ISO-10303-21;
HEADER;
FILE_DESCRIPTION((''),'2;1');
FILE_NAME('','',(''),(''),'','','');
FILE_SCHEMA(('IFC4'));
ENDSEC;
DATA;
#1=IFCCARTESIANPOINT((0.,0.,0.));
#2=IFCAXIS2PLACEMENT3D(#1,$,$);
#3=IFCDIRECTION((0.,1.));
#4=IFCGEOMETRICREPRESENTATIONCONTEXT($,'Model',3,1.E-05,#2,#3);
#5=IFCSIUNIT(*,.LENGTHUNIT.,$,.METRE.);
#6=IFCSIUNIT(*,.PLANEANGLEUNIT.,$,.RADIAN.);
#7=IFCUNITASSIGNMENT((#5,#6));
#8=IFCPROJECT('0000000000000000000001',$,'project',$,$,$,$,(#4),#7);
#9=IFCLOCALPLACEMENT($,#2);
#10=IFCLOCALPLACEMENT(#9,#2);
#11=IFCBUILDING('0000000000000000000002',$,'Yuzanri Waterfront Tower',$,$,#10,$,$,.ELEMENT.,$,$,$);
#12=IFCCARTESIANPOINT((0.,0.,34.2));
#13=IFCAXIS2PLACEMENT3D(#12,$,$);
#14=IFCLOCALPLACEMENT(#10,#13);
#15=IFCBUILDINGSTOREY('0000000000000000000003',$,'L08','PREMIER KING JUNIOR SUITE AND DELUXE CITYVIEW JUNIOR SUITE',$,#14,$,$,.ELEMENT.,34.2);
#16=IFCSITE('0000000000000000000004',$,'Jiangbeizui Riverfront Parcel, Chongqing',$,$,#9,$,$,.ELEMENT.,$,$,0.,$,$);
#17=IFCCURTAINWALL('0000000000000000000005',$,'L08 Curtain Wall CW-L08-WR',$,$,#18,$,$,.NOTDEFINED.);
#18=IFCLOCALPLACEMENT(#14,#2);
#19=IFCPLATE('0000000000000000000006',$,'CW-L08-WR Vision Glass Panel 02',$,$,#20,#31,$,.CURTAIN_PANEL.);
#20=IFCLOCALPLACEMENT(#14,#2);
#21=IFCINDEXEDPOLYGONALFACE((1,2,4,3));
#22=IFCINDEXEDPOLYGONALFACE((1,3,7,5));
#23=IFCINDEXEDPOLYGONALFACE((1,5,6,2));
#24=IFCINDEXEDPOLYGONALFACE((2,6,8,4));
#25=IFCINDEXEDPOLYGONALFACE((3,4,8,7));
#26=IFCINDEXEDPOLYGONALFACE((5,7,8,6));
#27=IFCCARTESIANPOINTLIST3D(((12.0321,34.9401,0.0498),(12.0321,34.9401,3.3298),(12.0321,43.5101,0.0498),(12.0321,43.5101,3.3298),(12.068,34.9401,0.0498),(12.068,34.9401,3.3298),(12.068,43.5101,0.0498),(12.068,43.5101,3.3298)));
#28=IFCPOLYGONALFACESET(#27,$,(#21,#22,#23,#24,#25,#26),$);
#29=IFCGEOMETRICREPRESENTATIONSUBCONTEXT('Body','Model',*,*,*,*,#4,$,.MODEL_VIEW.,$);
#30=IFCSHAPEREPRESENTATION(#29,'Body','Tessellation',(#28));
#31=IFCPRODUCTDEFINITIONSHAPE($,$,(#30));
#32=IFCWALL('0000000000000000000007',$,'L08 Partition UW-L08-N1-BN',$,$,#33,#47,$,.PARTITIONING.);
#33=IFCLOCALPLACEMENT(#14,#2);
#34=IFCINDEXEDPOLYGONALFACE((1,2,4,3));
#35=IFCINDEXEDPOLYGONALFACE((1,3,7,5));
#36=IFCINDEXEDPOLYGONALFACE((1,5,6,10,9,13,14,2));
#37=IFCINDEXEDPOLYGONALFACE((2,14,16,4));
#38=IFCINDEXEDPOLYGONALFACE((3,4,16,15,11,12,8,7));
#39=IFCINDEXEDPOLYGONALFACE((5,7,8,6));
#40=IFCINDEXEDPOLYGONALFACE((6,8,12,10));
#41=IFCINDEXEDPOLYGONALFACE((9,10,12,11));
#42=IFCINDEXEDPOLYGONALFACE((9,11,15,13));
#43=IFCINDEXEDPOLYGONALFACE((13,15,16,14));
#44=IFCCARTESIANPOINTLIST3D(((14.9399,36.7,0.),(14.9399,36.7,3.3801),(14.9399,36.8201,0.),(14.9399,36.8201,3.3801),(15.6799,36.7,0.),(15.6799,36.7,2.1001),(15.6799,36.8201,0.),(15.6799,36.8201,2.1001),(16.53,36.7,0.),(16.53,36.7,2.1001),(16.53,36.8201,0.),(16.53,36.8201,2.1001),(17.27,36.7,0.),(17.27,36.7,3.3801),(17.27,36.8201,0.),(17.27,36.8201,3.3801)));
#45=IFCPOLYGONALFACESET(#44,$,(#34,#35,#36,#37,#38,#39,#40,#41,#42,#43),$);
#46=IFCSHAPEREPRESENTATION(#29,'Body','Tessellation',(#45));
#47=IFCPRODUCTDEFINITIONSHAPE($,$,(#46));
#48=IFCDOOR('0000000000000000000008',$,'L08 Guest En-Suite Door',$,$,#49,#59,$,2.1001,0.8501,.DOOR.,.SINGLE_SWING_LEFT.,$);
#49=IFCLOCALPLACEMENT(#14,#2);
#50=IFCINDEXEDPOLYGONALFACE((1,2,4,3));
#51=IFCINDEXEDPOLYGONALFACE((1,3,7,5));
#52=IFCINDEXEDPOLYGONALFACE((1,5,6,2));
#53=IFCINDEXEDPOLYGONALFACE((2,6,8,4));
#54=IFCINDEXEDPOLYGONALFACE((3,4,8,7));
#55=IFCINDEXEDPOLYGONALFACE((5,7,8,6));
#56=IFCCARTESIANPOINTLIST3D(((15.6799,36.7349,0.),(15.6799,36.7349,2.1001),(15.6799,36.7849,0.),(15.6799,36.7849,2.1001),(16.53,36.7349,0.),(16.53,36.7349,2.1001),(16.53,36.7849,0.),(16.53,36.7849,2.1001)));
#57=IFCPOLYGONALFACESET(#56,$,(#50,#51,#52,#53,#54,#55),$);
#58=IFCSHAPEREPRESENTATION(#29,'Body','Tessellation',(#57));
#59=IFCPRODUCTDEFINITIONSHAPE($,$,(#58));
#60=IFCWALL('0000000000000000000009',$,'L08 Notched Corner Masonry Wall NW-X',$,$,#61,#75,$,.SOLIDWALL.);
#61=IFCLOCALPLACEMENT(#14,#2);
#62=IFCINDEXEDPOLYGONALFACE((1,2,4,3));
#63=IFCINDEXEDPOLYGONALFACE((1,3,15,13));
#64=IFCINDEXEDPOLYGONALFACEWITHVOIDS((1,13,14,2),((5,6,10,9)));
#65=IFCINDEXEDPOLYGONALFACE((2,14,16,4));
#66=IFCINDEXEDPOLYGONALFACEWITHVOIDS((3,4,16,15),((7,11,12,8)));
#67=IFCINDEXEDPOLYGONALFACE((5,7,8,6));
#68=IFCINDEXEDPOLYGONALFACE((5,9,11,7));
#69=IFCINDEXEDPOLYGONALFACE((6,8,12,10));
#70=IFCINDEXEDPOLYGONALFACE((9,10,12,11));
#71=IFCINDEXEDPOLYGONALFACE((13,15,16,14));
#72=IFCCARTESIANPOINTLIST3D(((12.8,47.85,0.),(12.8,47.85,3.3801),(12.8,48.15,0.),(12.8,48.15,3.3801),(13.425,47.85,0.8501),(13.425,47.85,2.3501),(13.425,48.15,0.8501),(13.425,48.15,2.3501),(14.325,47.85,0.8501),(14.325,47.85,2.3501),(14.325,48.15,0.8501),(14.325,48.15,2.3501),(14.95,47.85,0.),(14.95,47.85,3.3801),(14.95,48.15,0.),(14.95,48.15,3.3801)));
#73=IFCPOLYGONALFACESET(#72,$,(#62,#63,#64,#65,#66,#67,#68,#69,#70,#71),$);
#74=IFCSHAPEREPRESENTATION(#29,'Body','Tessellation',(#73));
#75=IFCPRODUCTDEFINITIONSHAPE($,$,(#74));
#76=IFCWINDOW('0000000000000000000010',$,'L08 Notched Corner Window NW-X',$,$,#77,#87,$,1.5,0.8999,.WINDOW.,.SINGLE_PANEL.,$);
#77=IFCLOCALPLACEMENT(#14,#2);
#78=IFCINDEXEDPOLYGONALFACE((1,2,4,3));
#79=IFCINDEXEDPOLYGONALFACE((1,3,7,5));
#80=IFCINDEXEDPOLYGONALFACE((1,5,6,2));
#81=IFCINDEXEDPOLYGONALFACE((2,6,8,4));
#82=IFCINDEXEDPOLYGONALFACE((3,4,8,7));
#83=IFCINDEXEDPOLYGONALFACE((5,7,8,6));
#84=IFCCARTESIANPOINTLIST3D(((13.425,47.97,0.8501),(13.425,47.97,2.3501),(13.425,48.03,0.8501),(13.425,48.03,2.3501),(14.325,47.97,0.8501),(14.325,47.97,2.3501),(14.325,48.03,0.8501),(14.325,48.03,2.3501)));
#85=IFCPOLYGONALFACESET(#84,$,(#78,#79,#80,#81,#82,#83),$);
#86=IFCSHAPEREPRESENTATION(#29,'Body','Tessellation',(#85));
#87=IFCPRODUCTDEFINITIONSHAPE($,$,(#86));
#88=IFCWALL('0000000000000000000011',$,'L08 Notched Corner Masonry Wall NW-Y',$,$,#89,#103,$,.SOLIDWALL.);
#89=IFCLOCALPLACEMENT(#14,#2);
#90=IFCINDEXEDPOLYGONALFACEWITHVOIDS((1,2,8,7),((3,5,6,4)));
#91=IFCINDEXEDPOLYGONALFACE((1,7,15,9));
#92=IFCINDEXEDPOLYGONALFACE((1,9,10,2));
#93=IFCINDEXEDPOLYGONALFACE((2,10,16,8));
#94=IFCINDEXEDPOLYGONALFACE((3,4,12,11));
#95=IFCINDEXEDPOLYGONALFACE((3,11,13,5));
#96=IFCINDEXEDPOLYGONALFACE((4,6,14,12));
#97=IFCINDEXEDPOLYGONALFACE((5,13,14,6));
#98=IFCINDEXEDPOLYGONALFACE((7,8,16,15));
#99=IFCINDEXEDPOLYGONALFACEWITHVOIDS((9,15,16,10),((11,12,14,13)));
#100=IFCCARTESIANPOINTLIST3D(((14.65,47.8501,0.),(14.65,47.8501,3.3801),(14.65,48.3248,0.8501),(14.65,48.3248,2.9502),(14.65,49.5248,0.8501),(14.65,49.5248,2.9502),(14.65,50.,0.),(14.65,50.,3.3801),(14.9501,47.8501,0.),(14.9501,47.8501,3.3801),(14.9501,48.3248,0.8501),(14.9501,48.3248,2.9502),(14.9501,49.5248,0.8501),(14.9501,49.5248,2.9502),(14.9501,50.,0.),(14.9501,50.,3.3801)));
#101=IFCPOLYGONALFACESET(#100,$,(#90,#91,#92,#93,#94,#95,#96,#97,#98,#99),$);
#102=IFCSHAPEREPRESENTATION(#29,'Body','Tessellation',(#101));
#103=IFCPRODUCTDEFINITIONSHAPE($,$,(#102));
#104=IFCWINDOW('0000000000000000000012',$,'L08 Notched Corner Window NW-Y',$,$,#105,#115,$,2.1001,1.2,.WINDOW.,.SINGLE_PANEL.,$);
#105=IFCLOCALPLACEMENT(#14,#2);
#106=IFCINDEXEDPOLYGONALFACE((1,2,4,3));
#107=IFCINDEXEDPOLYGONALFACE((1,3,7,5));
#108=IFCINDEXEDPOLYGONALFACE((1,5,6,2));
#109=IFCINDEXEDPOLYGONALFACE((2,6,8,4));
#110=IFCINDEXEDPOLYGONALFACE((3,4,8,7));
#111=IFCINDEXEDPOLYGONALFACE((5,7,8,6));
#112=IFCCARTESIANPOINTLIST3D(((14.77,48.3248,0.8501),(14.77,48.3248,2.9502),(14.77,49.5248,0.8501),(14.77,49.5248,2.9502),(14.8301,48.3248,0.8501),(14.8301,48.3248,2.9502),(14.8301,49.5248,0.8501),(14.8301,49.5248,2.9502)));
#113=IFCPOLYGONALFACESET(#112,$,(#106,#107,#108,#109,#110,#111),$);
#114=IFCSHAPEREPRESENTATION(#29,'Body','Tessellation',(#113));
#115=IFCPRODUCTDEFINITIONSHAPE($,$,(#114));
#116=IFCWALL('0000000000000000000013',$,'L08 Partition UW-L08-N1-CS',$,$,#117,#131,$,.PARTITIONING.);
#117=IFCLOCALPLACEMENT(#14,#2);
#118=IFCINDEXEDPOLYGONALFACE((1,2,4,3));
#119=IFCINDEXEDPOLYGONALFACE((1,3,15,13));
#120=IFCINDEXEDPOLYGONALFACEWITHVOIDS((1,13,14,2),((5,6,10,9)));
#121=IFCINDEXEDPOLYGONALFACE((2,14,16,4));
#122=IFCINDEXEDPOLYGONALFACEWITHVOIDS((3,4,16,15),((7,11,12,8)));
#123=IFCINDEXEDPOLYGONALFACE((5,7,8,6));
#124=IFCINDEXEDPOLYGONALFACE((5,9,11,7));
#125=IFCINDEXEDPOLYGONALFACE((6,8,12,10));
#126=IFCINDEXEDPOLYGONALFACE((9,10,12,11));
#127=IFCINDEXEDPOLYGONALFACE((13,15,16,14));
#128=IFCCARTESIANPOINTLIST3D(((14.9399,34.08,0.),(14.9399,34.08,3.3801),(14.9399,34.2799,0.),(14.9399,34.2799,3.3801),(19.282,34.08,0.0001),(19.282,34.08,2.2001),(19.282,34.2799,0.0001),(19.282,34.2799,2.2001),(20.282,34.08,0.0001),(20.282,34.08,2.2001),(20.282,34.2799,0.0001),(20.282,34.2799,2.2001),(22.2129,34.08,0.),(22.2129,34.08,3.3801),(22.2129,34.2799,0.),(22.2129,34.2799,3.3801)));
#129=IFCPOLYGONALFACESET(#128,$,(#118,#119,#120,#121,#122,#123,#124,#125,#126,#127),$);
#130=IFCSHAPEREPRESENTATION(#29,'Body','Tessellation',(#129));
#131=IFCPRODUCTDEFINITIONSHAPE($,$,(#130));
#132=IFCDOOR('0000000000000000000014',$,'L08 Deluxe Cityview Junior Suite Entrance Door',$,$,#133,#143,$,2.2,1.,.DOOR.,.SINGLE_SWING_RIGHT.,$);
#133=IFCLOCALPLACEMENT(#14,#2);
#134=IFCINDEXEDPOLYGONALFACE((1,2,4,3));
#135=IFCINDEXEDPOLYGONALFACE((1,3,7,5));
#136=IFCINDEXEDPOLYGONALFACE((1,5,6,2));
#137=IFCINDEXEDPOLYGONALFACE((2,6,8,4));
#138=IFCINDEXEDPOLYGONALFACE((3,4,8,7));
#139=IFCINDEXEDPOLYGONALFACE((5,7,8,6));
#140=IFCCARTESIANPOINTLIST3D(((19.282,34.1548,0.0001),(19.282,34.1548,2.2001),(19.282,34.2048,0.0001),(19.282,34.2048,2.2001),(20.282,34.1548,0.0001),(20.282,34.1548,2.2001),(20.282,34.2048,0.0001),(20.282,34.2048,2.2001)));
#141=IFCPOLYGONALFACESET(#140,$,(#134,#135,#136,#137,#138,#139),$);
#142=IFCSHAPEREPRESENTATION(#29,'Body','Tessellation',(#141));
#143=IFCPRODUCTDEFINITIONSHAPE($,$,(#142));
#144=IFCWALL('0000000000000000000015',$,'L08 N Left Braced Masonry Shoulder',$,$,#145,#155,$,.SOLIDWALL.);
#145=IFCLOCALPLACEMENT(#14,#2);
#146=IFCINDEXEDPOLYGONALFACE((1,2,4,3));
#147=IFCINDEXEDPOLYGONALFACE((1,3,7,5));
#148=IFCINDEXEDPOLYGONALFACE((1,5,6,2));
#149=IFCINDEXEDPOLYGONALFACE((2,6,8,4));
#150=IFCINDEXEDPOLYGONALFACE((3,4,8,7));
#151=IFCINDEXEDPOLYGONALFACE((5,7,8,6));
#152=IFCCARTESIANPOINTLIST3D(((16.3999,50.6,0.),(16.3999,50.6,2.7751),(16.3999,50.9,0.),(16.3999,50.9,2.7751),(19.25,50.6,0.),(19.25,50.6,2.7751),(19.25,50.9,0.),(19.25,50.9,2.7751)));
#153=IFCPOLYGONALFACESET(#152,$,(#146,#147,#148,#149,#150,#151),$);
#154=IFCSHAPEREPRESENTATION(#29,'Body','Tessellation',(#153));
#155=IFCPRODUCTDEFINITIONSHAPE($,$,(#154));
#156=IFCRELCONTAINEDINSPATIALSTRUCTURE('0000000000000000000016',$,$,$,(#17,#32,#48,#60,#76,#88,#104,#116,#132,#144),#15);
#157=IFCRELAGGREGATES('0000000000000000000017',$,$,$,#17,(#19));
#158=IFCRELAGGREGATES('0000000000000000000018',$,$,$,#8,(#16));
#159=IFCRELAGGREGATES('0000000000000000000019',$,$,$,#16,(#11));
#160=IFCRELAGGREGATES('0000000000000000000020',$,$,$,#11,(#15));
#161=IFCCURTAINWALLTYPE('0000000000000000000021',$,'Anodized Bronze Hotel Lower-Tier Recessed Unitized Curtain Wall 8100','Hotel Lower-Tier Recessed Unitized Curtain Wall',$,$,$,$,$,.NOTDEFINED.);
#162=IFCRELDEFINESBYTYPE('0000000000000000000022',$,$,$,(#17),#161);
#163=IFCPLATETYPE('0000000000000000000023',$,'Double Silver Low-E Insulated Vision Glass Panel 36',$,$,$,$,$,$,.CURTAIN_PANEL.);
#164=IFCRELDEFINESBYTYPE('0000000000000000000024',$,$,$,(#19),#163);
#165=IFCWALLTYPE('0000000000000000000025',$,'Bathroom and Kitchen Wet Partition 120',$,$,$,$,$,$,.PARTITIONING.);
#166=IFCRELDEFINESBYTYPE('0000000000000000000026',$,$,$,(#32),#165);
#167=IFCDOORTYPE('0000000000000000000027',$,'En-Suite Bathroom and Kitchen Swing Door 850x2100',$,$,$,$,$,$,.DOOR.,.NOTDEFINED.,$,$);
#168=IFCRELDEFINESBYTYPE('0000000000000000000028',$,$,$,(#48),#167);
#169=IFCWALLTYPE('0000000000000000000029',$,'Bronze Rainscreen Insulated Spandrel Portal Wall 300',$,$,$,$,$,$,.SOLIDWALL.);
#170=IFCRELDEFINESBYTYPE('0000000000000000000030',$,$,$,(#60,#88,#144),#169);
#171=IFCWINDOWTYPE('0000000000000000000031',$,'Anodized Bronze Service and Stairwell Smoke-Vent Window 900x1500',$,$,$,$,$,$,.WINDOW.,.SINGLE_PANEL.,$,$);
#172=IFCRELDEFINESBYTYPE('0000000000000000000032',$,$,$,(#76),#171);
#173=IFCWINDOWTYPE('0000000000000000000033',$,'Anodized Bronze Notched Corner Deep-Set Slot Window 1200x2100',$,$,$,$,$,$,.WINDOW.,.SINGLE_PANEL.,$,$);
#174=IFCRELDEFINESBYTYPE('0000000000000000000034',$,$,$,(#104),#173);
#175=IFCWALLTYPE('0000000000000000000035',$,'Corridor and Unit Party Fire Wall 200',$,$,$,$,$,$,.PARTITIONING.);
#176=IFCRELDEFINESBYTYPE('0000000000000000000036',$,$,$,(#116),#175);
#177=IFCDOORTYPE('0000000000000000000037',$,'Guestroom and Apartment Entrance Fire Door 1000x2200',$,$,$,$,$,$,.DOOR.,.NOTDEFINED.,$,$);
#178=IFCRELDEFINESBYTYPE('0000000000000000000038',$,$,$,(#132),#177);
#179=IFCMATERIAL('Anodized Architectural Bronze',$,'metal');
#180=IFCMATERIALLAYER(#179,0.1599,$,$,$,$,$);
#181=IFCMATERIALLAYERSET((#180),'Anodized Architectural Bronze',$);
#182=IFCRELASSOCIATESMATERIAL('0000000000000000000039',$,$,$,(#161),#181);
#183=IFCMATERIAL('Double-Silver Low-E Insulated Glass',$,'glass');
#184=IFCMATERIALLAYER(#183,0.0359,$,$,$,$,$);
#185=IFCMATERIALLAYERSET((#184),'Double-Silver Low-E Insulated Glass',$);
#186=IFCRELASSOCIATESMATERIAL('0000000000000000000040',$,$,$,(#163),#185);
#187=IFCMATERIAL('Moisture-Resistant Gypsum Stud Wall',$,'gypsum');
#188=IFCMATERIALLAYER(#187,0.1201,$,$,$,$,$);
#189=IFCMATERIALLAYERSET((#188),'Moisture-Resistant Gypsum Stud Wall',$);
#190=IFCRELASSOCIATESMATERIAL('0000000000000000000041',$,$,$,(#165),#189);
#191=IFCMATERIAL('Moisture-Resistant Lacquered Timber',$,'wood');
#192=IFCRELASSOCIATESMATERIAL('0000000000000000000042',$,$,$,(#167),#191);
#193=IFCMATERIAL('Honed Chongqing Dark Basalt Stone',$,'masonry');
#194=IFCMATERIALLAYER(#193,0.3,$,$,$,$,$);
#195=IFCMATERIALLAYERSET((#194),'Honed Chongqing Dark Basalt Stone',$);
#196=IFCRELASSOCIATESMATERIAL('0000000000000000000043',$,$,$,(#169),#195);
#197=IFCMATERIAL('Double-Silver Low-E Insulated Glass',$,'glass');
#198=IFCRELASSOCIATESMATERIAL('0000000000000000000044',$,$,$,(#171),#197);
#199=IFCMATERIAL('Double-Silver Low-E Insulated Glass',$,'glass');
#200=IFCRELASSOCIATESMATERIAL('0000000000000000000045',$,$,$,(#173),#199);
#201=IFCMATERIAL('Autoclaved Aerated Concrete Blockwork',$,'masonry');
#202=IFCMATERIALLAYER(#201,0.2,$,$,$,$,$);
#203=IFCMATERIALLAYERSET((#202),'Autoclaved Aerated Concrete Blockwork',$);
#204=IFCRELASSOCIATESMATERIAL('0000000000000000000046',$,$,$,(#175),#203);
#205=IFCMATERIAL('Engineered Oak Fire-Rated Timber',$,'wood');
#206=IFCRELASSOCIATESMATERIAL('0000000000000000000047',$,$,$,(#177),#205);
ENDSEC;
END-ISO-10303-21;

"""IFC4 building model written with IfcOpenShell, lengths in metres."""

from ifc_helpers import new_model, si_unit, direction, frame, frame_2d, origin, origin_2d, place, context, subcontext, project, spatial, rectangle, extrude, source, transform, mapped, material, layer, layer_set, type_object, element, fill, aggregate, save


model = new_model("IFC4")

# Units and contexts
model_context = context("Model", 3, precision=1e-05, world=origin(), true_north=direction((0.0, 1.0)))
body_context = subcontext(model_context, "Body", "Model", "MODEL_VIEW")
ifc_project = project(units=[si_unit("LENGTHUNIT", "METRE"), si_unit("PLANEANGLEUNIT", "RADIAN")], contexts=[model_context])

# Site, building, storey
site_placement = place(None, origin())
site = spatial("IfcSite", under=ifc_project, at=site_placement, Name="Jiangbeizui Riverfront Parcel, Chongqing", CompositionType="ELEMENT", RefElevation=0.0)
building_placement = place(site_placement, origin())
building = spatial("IfcBuilding", under=site, at=building_placement, Name="Yuzanri Waterfront Tower", CompositionType="ELEMENT")
storey_placement = place(building_placement, frame((0.0, 0.0, 34.2)))
storey = spatial("IfcBuildingStorey", under=building, at=storey_placement, Name="L08", Description="PREMIER KING JUNIOR SUITE AND DELUXE CITYVIEW JUNIOR SUITE", CompositionType="ELEMENT", Elevation=34.2)

# Curtain wall
ifc_material_1 = material(Name="Anodized Architectural Bronze", Category="metal")
ifc_layer_1 = layer(ifc_material_1, 0.1599)
ifc_layer_set_1 = layer_set([ifc_layer_1], Name="Anodized Architectural Bronze")
curtain_wall_type = type_object("IfcCurtainWallType", Name="Anodized Bronze Hotel Lower-Tier Recessed Unitized Curtain Wall 8100", Description="Hotel Lower-Tier Recessed Unitized Curtain Wall", PredefinedType="NOTDEFINED", material=ifc_layer_set_1)
curtain_wall_placement = place(storey_placement, origin())
curtain_wall = element("IfcCurtainWall", 1, at=curtain_wall_placement, inside=storey, type_object=curtain_wall_type, Name="L08 Curtain Wall CW-L08-WR", PredefinedType="NOTDEFINED")

# Plate
ifc_material_2 = material(Name="Double-Silver Low-E Insulated Glass", Category="glass")
ifc_layer_2 = layer(ifc_material_2, 0.0359)
ifc_layer_set_2 = layer_set([ifc_layer_2], Name="Double-Silver Low-E Insulated Glass")
plate_type_1 = type_object("IfcPlateType", Name="Double Silver Low-E Insulated Vision Glass Panel 36", PredefinedType="CURTAIN_PANEL", material=ifc_layer_set_2)
shared_shape_1 = source(origin(), body_context, "Body", "SweptSolid", [
    extrude(rectangle(XDim=8.5701, YDim=0.0359, at=origin_2d()), origin(), (0.0, 0.0, 1.0), 3.28),
])
plate_placement = place(storey_placement, frame((12.05, 39.2251, 0.0498), z_axis=(0.0, 0.0, 1.0), x_axis=(0.0, 1.0, 0.0)))
plate = element("IfcPlate", 2, at=plate_placement, type_object=plate_type_1, Name="CW-L08-WR Vision Glass Panel 02", PredefinedType="CURTAIN_PANEL", context=body_context, shape_type="MappedRepresentation", body=[
    mapped(shared_shape_1, transform((0.0, 0.0, 0.0), scale=1.0)),
])
aggregate(curtain_wall, [plate])

# Wall, opening, door
ifc_material_3 = material(Name="Moisture-Resistant Gypsum Stud Wall", Category="gypsum")
ifc_layer_3 = layer(ifc_material_3, 0.1201)
ifc_layer_set_3 = layer_set([ifc_layer_3], Name="Moisture-Resistant Gypsum Stud Wall")
wall_type_1 = type_object("IfcWallType", Name="Bathroom and Kitchen Wet Partition 120", PredefinedType="PARTITIONING", material=ifc_layer_set_3)
wall_1_placement = place(storey_placement, frame((14.9399, 36.76, 0.0), z_axis=(0.0, 0.0, 1.0), x_axis=(1.0, 0.0, 0.0)))
wall_1 = element("IfcWall", 3, at=wall_1_placement, inside=storey, type_object=wall_type_1, Name="L08 Partition UW-L08-N1-BN", PredefinedType="PARTITIONING", context=body_context, shape_type="SweptSolid", body=[
    extrude(rectangle(XDim=2.3301, YDim=0.1201, at=frame_2d((1.165, 0.0))), origin(), (0.0, 0.0, 1.0), 3.3801),
])
opening_1_placement = place(wall_1_placement, frame((0.74, 0.0, 0.0)))
opening_1 = element("IfcOpeningElement", 4, at=opening_1_placement, cuts=wall_1, PredefinedType="OPENING", context=body_context, shape_type="SweptSolid", body=[
    extrude(rectangle(XDim=0.8501, YDim=2.1001, at=frame_2d((0.425, 1.05))), frame((0.0, 0.075, 0.0), z_axis=(0.0, -1.0, 0.0), x_axis=(1.0, 0.0, 0.0)), (0.0, 0.0, 1.0), 0.1499),
])
ifc_material_4 = material(Name="Moisture-Resistant Lacquered Timber", Category="wood")
door_type_1 = type_object("IfcDoorType", Name="En-Suite Bathroom and Kitchen Swing Door 850x2100", OperationType="NOTDEFINED", PredefinedType="DOOR", material=ifc_material_4)
shared_shape_2 = source(origin(), body_context, "Body", "SweptSolid", [
    extrude(rectangle(XDim=0.8501, YDim=2.1001, at=frame_2d((0.425, 1.05))), frame((0.0, 0.0249, 0.0), z_axis=(0.0, -1.0, 0.0), x_axis=(1.0, 0.0, 0.0)), (0.0, 0.0, 1.0), 0.05),
])
door_1_placement = place(opening_1_placement, origin())
door_1 = element("IfcDoor", 5, at=door_1_placement, inside=storey, type_object=door_type_1, Name="L08 Guest En-Suite Door", OperationType="SINGLE_SWING_LEFT", OverallHeight=2.1001, OverallWidth=0.8501, PredefinedType="DOOR", context=body_context, shape_type="MappedRepresentation", body=[
    mapped(shared_shape_2, transform((0.0, 0.0, 0.0), scale=1.0)),
])
fill(opening_1, door_1)

# Walls, openings, windows
ifc_material_5 = material(Name="Honed Chongqing Dark Basalt Stone", Category="masonry")
ifc_layer_4 = layer(ifc_material_5, 0.3)
ifc_layer_set_4 = layer_set([ifc_layer_4], Name="Honed Chongqing Dark Basalt Stone")
wall_type_2 = type_object("IfcWallType", Name="Bronze Rainscreen Insulated Spandrel Portal Wall 300", PredefinedType="SOLIDWALL", material=ifc_layer_set_4)
wall_2_placement = place(storey_placement, frame((14.95, 48.0, 0.0), z_axis=(0.0, 0.0, 1.0), x_axis=(-1.0, 0.0, 0.0)))
wall_2 = element("IfcWall", 6, at=wall_2_placement, inside=storey, type_object=wall_type_2, Name="L08 Notched Corner Masonry Wall NW-X", PredefinedType="SOLIDWALL", context=body_context, shape_type="SweptSolid", body=[
    extrude(rectangle(XDim=2.1499, YDim=0.3, at=frame_2d((1.075, 0.0))), origin(), (0.0, 0.0, 1.0), 3.3801),
])
opening_2_placement = place(wall_2_placement, frame((0.625, 0.0, 0.8501)))
opening_2 = element("IfcOpeningElement", 7, at=opening_2_placement, cuts=wall_2, PredefinedType="OPENING", context=body_context, shape_type="SweptSolid", body=[
    extrude(rectangle(XDim=0.8999, YDim=1.5, at=frame_2d((0.45, 0.75))), frame((0.0, 0.165, 0.0), z_axis=(0.0, -1.0, 0.0), x_axis=(1.0, 0.0, 0.0)), (0.0, 0.0, 1.0), 0.3298),
])
ifc_material_6 = material(Name="Double-Silver Low-E Insulated Glass", Category="glass")
window_type_1 = type_object("IfcWindowType", Name="Anodized Bronze Service and Stairwell Smoke-Vent Window 900x1500", PartitioningType="SINGLE_PANEL", PredefinedType="WINDOW", material=ifc_material_6)
shared_shape_3 = source(origin(), body_context, "Body", "SweptSolid", [
    extrude(rectangle(XDim=0.8999, YDim=1.5, at=frame_2d((0.45, 0.75))), frame((0.0, 0.03, 0.0), z_axis=(0.0, -1.0, 0.0), x_axis=(1.0, 0.0, 0.0)), (0.0, 0.0, 1.0), 0.0601),
])
window_1_placement = place(opening_2_placement, origin())
window_1 = element("IfcWindow", 8, at=window_1_placement, inside=storey, type_object=window_type_1, Name="L08 Notched Corner Window NW-X", OverallHeight=1.5, OverallWidth=0.8999, PartitioningType="SINGLE_PANEL", PredefinedType="WINDOW", context=body_context, shape_type="MappedRepresentation", body=[
    mapped(shared_shape_3, transform((0.0, 0.0, 0.0), scale=1.0)),
])
fill(opening_2, window_1)
wall_3_placement = place(storey_placement, frame((14.8, 50.0, 0.0), z_axis=(0.0, 0.0, 1.0), x_axis=(0.0, -1.0, 0.0)))
wall_3 = element("IfcWall", 9, at=wall_3_placement, inside=storey, type_object=wall_type_2, Name="L08 Notched Corner Masonry Wall NW-Y", PredefinedType="SOLIDWALL", context=body_context, shape_type="SweptSolid", body=[
    extrude(rectangle(XDim=2.1499, YDim=0.3, at=frame_2d((1.075, 0.0))), origin(), (0.0, 0.0, 1.0), 3.3801),
])
opening_3_placement = place(wall_3_placement, frame((0.4751, 0.0, 0.8501)))
opening_3 = element("IfcOpeningElement", 10, at=opening_3_placement, cuts=wall_3, PredefinedType="OPENING", context=body_context, shape_type="SweptSolid", body=[
    extrude(rectangle(XDim=1.2, YDim=2.1001, at=frame_2d((0.6001, 1.05))), frame((0.0, 0.165, 0.0), z_axis=(0.0, -1.0, 0.0), x_axis=(1.0, 0.0, 0.0)), (0.0, 0.0, 1.0), 0.3298),
])
ifc_material_7 = material(Name="Double-Silver Low-E Insulated Glass", Category="glass")
window_type_2 = type_object("IfcWindowType", Name="Anodized Bronze Notched Corner Deep-Set Slot Window 1200x2100", PartitioningType="SINGLE_PANEL", PredefinedType="WINDOW", material=ifc_material_7)
shared_shape_4 = source(origin(), body_context, "Body", "SweptSolid", [
    extrude(rectangle(XDim=1.2, YDim=2.1001, at=frame_2d((0.6001, 1.05))), frame((0.0, 0.03, 0.0), z_axis=(0.0, -1.0, 0.0), x_axis=(1.0, 0.0, 0.0)), (0.0, 0.0, 1.0), 0.0601),
])
window_2_placement = place(opening_3_placement, origin())
window_2 = element("IfcWindow", 11, at=window_2_placement, inside=storey, type_object=window_type_2, Name="L08 Notched Corner Window NW-Y", OverallHeight=2.1001, OverallWidth=1.2, PartitioningType="SINGLE_PANEL", PredefinedType="WINDOW", context=body_context, shape_type="MappedRepresentation", body=[
    mapped(shared_shape_4, transform((0.0, 0.0, 0.0), scale=1.0)),
])
fill(opening_3, window_2)

# Wall, opening, door
ifc_material_8 = material(Name="Autoclaved Aerated Concrete Blockwork", Category="masonry")
ifc_layer_5 = layer(ifc_material_8, 0.2)
ifc_layer_set_5 = layer_set([ifc_layer_5], Name="Autoclaved Aerated Concrete Blockwork")
wall_type_3 = type_object("IfcWallType", Name="Corridor and Unit Party Fire Wall 200", PredefinedType="PARTITIONING", material=ifc_layer_set_5)
wall_4_placement = place(storey_placement, frame((14.9399, 34.1799, 0.0), z_axis=(0.0, 0.0, 1.0), x_axis=(1.0, 0.0, 0.0)))
wall_4 = element("IfcWall", 12, at=wall_4_placement, inside=storey, type_object=wall_type_3, Name="L08 Partition UW-L08-N1-CS", PredefinedType="PARTITIONING", context=body_context, shape_type="SweptSolid", body=[
    extrude(rectangle(XDim=7.2729, YDim=0.2, at=frame_2d((3.6365, 0.0))), origin(), (0.0, 0.0, 1.0), 3.3801),
])
opening_4_placement = place(wall_4_placement, frame((4.342, 0.0, 0.0)))
opening_4 = element("IfcOpeningElement", 13, at=opening_4_placement, cuts=wall_4, PredefinedType="OPENING", context=body_context, shape_type="SweptSolid", body=[
    extrude(rectangle(XDim=1.0, YDim=2.2, at=frame_2d((0.5, 1.1001))), frame((0.0, 0.1147, 0.0), z_axis=(0.0, -1.0, 0.0), x_axis=(1.0, 0.0, 0.0)), (0.0, 0.0, 1.0), 0.2297),
])
ifc_material_9 = material(Name="Engineered Oak Fire-Rated Timber", Category="wood")
door_type_2 = type_object("IfcDoorType", Name="Guestroom and Apartment Entrance Fire Door 1000x2200", OperationType="NOTDEFINED", PredefinedType="DOOR", material=ifc_material_9)
shared_shape_5 = source(origin(), body_context, "Body", "SweptSolid", [
    extrude(rectangle(XDim=1.0, YDim=2.2, at=frame_2d((0.5, 1.1001))), frame((0.0, 0.0249, 0.0), z_axis=(0.0, -1.0, 0.0), x_axis=(1.0, 0.0, 0.0)), (0.0, 0.0, 1.0), 0.05),
])
door_2_placement = place(opening_4_placement, origin())
door_2 = element("IfcDoor", 14, at=door_2_placement, inside=storey, type_object=door_type_2, Name="L08 Deluxe Cityview Junior Suite Entrance Door", OperationType="SINGLE_SWING_RIGHT", OverallHeight=2.2, OverallWidth=1.0, PredefinedType="DOOR", context=body_context, shape_type="MappedRepresentation", body=[
    mapped(shared_shape_5, transform((0.0, 0.0, 0.0), scale=1.0)),
])
fill(opening_4, door_2)

# Wall
shared_shape_6 = source(origin(), body_context, "Body", "SweptSolid", [
    extrude(rectangle(XDim=2.8501, YDim=0.3, at=frame_2d((1.425, 0.0))), origin(), (0.0, 0.0, 1.0), 2.7751),
])
wall_5_placement = place(storey_placement, frame((16.3999, 50.75, 0.0), z_axis=(0.0, 0.0, 1.0), x_axis=(1.0, 0.0, 0.0)))
element("IfcWall", 15, at=wall_5_placement, inside=storey, type_object=wall_type_2, Name="L08 N Left Braced Masonry Shoulder", PredefinedType="SOLIDWALL", context=body_context, shape_type="MappedRepresentation", body=[
    mapped(shared_shape_6, transform((0.0, 0.0, 0.0), scale=1.0)),
])

save(model, "model.ifc")
